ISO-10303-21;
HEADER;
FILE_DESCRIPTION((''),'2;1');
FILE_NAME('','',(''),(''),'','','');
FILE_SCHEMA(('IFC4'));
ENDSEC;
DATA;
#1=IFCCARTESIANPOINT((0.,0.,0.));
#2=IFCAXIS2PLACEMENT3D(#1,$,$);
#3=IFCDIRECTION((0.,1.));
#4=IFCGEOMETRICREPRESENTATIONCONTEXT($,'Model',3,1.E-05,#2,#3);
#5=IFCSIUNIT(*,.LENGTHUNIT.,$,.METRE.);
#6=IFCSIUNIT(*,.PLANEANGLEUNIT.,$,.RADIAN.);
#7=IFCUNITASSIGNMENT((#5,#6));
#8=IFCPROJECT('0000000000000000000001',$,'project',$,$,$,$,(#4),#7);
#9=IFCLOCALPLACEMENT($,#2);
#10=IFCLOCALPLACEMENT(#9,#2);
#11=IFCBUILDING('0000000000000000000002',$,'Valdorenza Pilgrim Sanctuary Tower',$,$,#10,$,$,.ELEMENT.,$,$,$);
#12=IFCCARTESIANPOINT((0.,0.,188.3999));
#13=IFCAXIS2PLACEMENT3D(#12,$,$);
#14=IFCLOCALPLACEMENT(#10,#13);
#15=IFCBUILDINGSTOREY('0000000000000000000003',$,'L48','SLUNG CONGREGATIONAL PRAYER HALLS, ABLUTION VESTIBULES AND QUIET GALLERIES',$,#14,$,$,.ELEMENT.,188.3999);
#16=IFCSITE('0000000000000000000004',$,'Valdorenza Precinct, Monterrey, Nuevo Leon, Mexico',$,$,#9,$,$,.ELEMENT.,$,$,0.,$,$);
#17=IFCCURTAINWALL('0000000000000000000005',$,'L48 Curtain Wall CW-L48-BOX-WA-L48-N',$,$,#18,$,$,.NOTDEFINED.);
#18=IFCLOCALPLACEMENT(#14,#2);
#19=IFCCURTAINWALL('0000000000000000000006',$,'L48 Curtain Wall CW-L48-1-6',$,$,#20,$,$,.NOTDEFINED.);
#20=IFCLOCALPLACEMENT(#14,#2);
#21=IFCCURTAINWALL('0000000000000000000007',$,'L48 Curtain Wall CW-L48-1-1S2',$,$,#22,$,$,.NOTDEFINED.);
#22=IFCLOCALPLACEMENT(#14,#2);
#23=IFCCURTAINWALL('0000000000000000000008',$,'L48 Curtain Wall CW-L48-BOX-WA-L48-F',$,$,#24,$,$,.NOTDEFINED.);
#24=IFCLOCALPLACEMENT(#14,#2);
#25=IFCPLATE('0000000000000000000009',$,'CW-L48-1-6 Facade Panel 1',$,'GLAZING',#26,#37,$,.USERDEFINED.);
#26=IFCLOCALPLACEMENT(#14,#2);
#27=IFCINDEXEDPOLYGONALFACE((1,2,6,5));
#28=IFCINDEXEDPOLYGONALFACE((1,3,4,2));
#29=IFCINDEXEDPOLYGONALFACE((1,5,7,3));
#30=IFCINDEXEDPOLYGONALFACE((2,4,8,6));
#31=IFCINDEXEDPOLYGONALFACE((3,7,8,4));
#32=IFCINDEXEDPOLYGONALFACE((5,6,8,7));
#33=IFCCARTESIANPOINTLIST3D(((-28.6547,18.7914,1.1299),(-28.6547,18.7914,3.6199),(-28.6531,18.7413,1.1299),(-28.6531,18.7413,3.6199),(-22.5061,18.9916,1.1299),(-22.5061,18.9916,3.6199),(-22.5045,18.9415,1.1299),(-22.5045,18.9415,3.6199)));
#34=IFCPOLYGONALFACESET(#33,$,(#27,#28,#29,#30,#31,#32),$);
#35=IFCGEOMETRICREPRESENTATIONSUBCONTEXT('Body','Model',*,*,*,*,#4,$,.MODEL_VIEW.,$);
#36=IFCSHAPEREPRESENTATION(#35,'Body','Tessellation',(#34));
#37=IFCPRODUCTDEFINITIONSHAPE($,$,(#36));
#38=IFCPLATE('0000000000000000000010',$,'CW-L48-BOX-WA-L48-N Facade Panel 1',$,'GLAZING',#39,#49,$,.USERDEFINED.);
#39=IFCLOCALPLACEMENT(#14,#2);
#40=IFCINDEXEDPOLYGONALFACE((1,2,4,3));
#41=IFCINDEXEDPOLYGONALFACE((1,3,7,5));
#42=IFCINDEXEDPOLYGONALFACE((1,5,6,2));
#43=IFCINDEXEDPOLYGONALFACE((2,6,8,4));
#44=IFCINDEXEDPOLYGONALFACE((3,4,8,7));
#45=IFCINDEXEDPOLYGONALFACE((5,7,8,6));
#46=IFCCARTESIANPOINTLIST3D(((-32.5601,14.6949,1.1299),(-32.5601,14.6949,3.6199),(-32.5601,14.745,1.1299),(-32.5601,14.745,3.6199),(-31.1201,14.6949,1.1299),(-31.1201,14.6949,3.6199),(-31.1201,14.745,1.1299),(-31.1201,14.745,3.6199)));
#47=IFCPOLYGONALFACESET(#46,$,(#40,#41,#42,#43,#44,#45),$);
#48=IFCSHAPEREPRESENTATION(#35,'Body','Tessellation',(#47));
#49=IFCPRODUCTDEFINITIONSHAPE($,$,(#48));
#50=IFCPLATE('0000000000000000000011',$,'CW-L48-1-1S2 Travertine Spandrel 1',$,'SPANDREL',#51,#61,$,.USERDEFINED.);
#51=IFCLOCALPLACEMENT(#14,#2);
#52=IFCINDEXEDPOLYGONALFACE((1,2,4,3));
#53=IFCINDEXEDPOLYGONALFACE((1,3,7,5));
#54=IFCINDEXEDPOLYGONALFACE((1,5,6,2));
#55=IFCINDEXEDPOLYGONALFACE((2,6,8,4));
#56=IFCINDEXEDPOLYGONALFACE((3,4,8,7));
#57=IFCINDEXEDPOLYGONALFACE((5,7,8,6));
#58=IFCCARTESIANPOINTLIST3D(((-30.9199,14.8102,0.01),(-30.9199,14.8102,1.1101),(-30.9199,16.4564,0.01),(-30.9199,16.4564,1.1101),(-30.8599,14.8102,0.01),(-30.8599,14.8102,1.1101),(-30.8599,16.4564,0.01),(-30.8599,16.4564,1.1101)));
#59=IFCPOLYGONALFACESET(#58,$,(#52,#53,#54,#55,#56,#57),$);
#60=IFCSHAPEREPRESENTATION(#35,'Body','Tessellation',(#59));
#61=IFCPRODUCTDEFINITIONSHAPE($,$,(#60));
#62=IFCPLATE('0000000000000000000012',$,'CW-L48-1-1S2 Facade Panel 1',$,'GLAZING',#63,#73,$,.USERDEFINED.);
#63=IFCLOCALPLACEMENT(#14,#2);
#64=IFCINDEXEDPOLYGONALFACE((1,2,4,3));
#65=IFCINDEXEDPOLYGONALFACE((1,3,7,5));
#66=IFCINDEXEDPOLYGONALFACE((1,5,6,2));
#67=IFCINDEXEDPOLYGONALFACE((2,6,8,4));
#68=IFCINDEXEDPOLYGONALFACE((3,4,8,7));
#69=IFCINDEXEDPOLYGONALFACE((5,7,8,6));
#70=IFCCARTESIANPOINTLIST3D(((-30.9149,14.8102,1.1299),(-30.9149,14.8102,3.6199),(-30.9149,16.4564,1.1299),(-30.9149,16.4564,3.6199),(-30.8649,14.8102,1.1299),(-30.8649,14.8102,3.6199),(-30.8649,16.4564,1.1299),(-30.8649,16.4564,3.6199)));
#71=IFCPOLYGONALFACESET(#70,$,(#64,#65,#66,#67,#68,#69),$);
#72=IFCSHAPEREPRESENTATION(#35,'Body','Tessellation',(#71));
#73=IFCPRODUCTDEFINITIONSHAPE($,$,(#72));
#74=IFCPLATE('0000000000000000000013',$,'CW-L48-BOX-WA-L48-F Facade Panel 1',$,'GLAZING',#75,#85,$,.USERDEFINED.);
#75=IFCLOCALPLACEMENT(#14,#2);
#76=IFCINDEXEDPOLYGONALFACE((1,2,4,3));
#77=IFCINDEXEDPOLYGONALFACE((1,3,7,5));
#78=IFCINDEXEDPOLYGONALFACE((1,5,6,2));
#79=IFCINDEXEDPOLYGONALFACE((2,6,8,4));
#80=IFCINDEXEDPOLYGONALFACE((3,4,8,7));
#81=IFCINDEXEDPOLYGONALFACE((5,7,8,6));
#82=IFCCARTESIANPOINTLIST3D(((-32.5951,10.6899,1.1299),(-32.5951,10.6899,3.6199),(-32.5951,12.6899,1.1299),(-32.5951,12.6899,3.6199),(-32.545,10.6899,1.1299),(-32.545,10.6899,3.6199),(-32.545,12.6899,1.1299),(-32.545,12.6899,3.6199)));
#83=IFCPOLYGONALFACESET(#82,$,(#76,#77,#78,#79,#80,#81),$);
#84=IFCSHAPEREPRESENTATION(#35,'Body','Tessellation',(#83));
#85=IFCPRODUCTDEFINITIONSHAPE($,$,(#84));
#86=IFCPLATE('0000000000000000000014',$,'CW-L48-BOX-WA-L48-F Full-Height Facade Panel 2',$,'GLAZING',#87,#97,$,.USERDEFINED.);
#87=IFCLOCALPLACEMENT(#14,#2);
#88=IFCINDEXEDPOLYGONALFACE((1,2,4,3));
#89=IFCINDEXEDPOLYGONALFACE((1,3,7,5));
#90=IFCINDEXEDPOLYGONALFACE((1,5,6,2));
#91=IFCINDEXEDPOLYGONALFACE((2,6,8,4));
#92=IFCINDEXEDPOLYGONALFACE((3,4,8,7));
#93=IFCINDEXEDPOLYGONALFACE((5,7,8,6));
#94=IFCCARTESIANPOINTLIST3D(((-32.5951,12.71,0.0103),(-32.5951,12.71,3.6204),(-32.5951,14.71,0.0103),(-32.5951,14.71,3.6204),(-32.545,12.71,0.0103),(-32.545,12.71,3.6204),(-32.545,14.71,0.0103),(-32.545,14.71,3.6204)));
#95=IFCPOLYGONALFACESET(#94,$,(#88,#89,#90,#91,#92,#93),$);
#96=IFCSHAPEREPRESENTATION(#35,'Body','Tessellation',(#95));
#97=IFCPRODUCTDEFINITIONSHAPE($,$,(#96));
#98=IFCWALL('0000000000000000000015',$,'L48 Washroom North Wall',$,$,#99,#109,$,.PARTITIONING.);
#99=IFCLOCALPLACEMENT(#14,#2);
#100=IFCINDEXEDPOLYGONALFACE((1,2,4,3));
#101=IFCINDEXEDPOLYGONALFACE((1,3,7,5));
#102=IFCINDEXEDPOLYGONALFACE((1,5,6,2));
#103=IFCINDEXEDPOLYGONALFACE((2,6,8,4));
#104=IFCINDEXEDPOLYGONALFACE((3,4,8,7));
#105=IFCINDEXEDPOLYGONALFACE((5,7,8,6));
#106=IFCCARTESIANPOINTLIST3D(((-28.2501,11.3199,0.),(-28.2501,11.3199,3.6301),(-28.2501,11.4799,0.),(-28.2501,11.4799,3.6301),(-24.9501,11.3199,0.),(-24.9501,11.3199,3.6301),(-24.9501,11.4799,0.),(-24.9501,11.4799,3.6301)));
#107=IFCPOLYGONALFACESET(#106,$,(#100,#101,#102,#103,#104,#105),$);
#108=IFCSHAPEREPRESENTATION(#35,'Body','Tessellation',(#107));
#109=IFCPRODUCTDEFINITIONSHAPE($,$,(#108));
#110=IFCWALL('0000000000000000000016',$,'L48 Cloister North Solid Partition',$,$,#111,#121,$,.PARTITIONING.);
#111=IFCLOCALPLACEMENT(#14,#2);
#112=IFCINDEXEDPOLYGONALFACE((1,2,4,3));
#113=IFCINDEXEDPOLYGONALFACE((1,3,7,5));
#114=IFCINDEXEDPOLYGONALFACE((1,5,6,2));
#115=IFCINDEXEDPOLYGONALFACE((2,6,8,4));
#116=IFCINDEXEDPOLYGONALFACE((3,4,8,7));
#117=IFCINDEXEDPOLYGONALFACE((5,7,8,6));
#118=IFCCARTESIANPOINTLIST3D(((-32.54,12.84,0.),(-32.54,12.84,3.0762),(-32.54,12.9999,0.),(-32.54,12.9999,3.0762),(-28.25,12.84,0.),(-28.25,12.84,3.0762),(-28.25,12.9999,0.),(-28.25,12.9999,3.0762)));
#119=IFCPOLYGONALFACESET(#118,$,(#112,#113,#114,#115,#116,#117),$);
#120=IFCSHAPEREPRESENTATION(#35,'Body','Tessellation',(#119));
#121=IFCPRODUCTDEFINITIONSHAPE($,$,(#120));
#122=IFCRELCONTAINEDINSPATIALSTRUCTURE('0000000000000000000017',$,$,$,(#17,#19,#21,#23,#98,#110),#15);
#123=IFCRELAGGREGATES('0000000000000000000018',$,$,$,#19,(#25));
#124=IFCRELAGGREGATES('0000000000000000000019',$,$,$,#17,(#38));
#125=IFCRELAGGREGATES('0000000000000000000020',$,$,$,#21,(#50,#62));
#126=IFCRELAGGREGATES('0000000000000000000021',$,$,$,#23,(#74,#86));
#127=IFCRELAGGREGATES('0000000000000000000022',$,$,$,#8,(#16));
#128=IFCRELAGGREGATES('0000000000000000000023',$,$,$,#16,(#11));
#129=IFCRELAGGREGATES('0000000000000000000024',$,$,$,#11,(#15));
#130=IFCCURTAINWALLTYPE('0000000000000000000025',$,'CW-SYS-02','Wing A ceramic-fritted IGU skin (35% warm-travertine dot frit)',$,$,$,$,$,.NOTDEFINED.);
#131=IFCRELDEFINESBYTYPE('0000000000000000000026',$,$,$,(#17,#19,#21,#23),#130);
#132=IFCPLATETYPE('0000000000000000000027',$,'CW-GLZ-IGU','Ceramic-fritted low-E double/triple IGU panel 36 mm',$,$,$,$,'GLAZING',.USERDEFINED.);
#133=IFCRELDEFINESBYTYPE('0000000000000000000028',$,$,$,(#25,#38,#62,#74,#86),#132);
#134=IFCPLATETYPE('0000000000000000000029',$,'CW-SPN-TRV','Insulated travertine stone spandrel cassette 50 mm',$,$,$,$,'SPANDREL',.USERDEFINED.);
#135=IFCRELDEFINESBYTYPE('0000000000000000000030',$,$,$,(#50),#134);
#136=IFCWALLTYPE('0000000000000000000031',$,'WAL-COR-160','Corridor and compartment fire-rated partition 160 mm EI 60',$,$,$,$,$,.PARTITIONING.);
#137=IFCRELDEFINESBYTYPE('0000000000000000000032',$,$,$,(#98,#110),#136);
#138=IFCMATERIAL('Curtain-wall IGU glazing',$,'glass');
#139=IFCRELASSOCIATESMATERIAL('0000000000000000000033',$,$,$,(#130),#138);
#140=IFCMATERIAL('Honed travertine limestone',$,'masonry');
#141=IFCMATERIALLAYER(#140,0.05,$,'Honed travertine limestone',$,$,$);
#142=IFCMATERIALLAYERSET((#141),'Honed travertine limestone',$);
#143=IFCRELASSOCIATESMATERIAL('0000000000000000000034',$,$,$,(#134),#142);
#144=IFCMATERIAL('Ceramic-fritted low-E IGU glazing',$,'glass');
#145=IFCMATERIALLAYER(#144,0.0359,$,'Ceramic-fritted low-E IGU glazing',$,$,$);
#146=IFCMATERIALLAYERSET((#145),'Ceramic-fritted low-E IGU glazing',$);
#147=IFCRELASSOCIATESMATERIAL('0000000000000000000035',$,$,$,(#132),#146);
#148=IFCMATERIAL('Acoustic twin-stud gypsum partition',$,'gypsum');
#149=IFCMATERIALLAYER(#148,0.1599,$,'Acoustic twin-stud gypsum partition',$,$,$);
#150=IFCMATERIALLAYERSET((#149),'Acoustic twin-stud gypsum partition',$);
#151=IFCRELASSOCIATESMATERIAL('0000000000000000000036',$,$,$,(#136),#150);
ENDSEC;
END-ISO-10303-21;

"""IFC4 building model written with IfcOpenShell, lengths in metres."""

from ifc_helpers import new_model, si_unit, direction, frame, frame_2d, origin, origin_2d, place, context, subcontext, project, spatial, rectangle, extrude, source, transform, mapped, material, layer, layer_set, type_object, element, aggregate, save


model = new_model("IFC4")

# Units and contexts
model_context = context("Model", 3, precision=1e-05, world=origin(), true_north=direction((0.0, 1.0)))
body_context = subcontext(model_context, "Body", "Model", "MODEL_VIEW")
ifc_project = project(units=[si_unit("LENGTHUNIT", "METRE"), si_unit("PLANEANGLEUNIT", "RADIAN")], contexts=[model_context])

# Site, building, storey
site_placement = place(None, origin())
site = spatial("IfcSite", under=ifc_project, at=site_placement, Name="Valdorenza Precinct, Monterrey, Nuevo Leon, Mexico", CompositionType="ELEMENT", RefElevation=0.0)
building_placement = place(site_placement, origin())
building = spatial("IfcBuilding", under=site, at=building_placement, Name="Valdorenza Pilgrim Sanctuary Tower", CompositionType="ELEMENT")
storey_placement = place(building_placement, frame((0.0, 0.0, 188.3999)))
storey = spatial("IfcBuildingStorey", under=building, at=storey_placement, Name="L48", Description="SLUNG CONGREGATIONAL PRAYER HALLS, ABLUTION VESTIBULES AND QUIET GALLERIES", CompositionType="ELEMENT", Elevation=188.3999)

# Curtain walls
ifc_material_1 = material(Name="Curtain-wall IGU glazing", Category="glass")
curtain_wall_type = type_object("IfcCurtainWallType", Name="CW-SYS-02", Description="Wing A ceramic-fritted IGU skin (35% warm-travertine dot frit)", PredefinedType="NOTDEFINED", material=ifc_material_1)
curtain_wall_1_placement = place(storey_placement, origin())
curtain_wall_1 = element("IfcCurtainWall", 1, at=curtain_wall_1_placement, inside=storey, type_object=curtain_wall_type, Name="L48 Curtain Wall CW-L48-BOX-WA-L48-N", PredefinedType="NOTDEFINED")
curtain_wall_2_placement = place(storey_placement, origin())
curtain_wall_2 = element("IfcCurtainWall", 2, at=curtain_wall_2_placement, inside=storey, type_object=curtain_wall_type, Name="L48 Curtain Wall CW-L48-1-6", PredefinedType="NOTDEFINED")

# Curtain wall
curtain_wall_3_placement = place(storey_placement, origin())
curtain_wall_3 = element("IfcCurtainWall", 3, at=curtain_wall_3_placement, inside=storey, type_object=curtain_wall_type, Name="L48 Curtain Wall CW-L48-1-1S2", PredefinedType="NOTDEFINED")

# Curtain wall
curtain_wall_4_placement = place(storey_placement, origin())
curtain_wall_4 = element("IfcCurtainWall", 4, at=curtain_wall_4_placement, inside=storey, type_object=curtain_wall_type, Name="L48 Curtain Wall CW-L48-BOX-WA-L48-F", PredefinedType="NOTDEFINED")

# Plates
ifc_material_2 = material(Name="Honed travertine limestone", Category="masonry")
ifc_layer_1 = layer(ifc_material_2, 0.05, Name="Honed travertine limestone")
ifc_layer_set_1 = layer_set([ifc_layer_1], Name="Honed travertine limestone")
plate_type_1 = type_object("IfcPlateType", Name="CW-SPN-TRV", Description="Insulated travertine stone spandrel cassette 50 mm", ElementType="SPANDREL", PredefinedType="USERDEFINED", material=ifc_layer_set_1)
ifc_material_3 = material(Name="Ceramic-fritted low-E IGU glazing", Category="glass")
ifc_layer_2 = layer(ifc_material_3, 0.0359, Name="Ceramic-fritted low-E IGU glazing")
ifc_layer_set_2 = layer_set([ifc_layer_2], Name="Ceramic-fritted low-E IGU glazing")
plate_type_2 = type_object("IfcPlateType", Name="CW-GLZ-IGU", Description="Ceramic-fritted low-E double/triple IGU panel 36 mm", ElementType="GLAZING", PredefinedType="USERDEFINED", material=ifc_layer_set_2)
shared_shape_1 = source(origin(), body_context, "Body", "SweptSolid", [
    extrude(rectangle(XDim=6.1519, YDim=0.05, at=origin_2d()), origin(), (0.0, 0.0, 1.0), 2.49),
])
plate_1_placement = place(storey_placement, frame((-25.5796, 18.8665, 1.1299), z_axis=(0.0, 0.0, 1.0), x_axis=(0.99947, 0.032545, 0.0)))
plate_1 = element("IfcPlate", 5, at=plate_1_placement, type_object=plate_type_2, Name="CW-L48-1-6 Facade Panel 1", ObjectType="GLAZING", PredefinedType="USERDEFINED", context=body_context, shape_type="MappedRepresentation", body=[
    mapped(shared_shape_1, transform((0.0, 0.0, 0.0), x_axis=(1.0, 0.0, 0.0), y_axis=(0.0, 1.0, 0.0), z_axis=(0.0, 0.0, 1.0), scale=1.0)),
])
aggregate(curtain_wall_2, [plate_1])
shared_shape_2 = source(origin(), body_context, "Body", "SweptSolid", [
    extrude(rectangle(XDim=1.4399, YDim=0.05, at=origin_2d()), origin(), (0.0, 0.0, 1.0), 2.49),
])
plate_2_placement = place(storey_placement, frame((-31.8401, 14.72, 1.1299), z_axis=(0.0, 0.0, 1.0), x_axis=(1.0, 0.0, 0.0)))
plate_2 = element("IfcPlate", 6, at=plate_2_placement, type_object=plate_type_2, Name="CW-L48-BOX-WA-L48-N Facade Panel 1", ObjectType="GLAZING", PredefinedType="USERDEFINED", context=body_context, shape_type="MappedRepresentation", body=[
    mapped(shared_shape_2, transform((0.0, 0.0, 0.0), x_axis=(1.0, 0.0, 0.0), y_axis=(0.0, 1.0, 0.0), z_axis=(0.0, 0.0, 1.0), scale=1.0)),
])
aggregate(curtain_wall_1, [plate_2])
shared_shape_3 = source(origin(), body_context, "Body", "SweptSolid", [
    extrude(rectangle(XDim=1.6462, YDim=0.0601, at=origin_2d()), origin(), (0.0, 0.0, 1.0), 1.1001),
])
plate_3_placement = place(storey_placement, frame((-30.8899, 15.6333, 0.01), z_axis=(0.0, 0.0, 1.0), x_axis=(0.0, 1.0, 0.0)))
plate_3 = element("IfcPlate", 7, at=plate_3_placement, type_object=plate_type_1, Name="CW-L48-1-1S2 Travertine Spandrel 1", ObjectType="SPANDREL", PredefinedType="USERDEFINED", context=body_context, shape_type="MappedRepresentation", body=[
    mapped(shared_shape_3, transform((0.0, 0.0, 0.0), x_axis=(1.0, 0.0, 0.0), y_axis=(0.0, 1.0, 0.0), z_axis=(0.0, 0.0, 1.0), scale=1.0)),
])
shared_shape_4 = source(origin(), body_context, "Body", "SweptSolid", [
    extrude(rectangle(XDim=1.6462, YDim=0.05, at=origin_2d()), origin(), (0.0, 0.0, 1.0), 2.49),
])
plate_4_placement = place(storey_placement, frame((-30.8899, 15.6333, 1.1299), z_axis=(0.0, 0.0, 1.0), x_axis=(0.0, 1.0, 0.0)))
plate_4 = element("IfcPlate", 8, at=plate_4_placement, type_object=plate_type_2, Name="CW-L48-1-1S2 Facade Panel 1", ObjectType="GLAZING", PredefinedType="USERDEFINED", context=body_context, shape_type="MappedRepresentation", body=[
    mapped(shared_shape_4, transform((0.0, 0.0, 0.0), x_axis=(1.0, 0.0, 0.0), y_axis=(0.0, 1.0, 0.0), z_axis=(0.0, 0.0, 1.0), scale=1.0)),
])
aggregate(curtain_wall_3, [plate_3, plate_4])
shared_shape_5 = source(origin(), body_context, "Body", "SweptSolid", [
    extrude(rectangle(XDim=2.0, YDim=0.05, at=origin_2d()), origin(), (0.0, 0.0, 1.0), 2.49),
])
plate_5_placement = place(storey_placement, frame((-32.5701, 11.6899, 1.1299), z_axis=(0.0, 0.0, 1.0), x_axis=(0.0, 1.0, 0.0)))
plate_5 = element("IfcPlate", 9, at=plate_5_placement, type_object=plate_type_2, Name="CW-L48-BOX-WA-L48-F Facade Panel 1", ObjectType="GLAZING", PredefinedType="USERDEFINED", context=body_context, shape_type="MappedRepresentation", body=[
    mapped(shared_shape_5, transform((0.0, 0.0, 0.0), x_axis=(1.0, 0.0, 0.0), y_axis=(0.0, 1.0, 0.0), z_axis=(0.0, 0.0, 1.0), scale=1.0)),
])
shared_shape_6 = source(origin(), body_context, "Body", "SweptSolid", [
    extrude(rectangle(XDim=2.0, YDim=0.05, at=origin_2d()), origin(), (0.0, 0.0, 1.0), 3.6101),
])
plate_6_placement = place(storey_placement, frame((-32.5701, 13.71, 0.0103), z_axis=(0.0, 0.0, 1.0), x_axis=(0.0, 1.0, 0.0)))
plate_6 = element("IfcPlate", 10, at=plate_6_placement, type_object=plate_type_2, Name="CW-L48-BOX-WA-L48-F Full-Height Facade Panel 2", ObjectType="GLAZING", PredefinedType="USERDEFINED", context=body_context, shape_type="MappedRepresentation", body=[
    mapped(shared_shape_6, transform((0.0, 0.0, 0.0), x_axis=(1.0, 0.0, 0.0), y_axis=(0.0, 1.0, 0.0), z_axis=(0.0, 0.0, 1.0), scale=1.0)),
])
aggregate(curtain_wall_4, [plate_5, plate_6])

# Walls
ifc_material_4 = material(Name="Acoustic twin-stud gypsum partition", Category="gypsum")
ifc_layer_3 = layer(ifc_material_4, 0.1599, Name="Acoustic twin-stud gypsum partition")
ifc_layer_set_3 = layer_set([ifc_layer_3], Name="Acoustic twin-stud gypsum partition")
wall_type_1 = type_object("IfcWallType", Name="WAL-COR-160", Description="Corridor and compartment fire-rated partition 160 mm EI 60", PredefinedType="PARTITIONING", material=ifc_layer_set_3)
wall_1_placement = place(storey_placement, frame((-28.25, 11.3999, 0.0), z_axis=(0.0, 0.0, 1.0), x_axis=(1.0, 0.0, 0.0)))
element("IfcWall", 11, at=wall_1_placement, inside=storey, type_object=wall_type_1, Name="L48 Washroom North Wall", PredefinedType="PARTITIONING", context=body_context, shape_type="SweptSolid", body=[
    extrude(rectangle(XDim=3.3, YDim=0.1599, at=frame_2d((1.6499, 0.0))), origin(), (0.0, 0.0, 1.0), 3.6301),
])
wall_2_placement = place(storey_placement, frame((-32.54, 12.9199, 0.0), z_axis=(0.0, 0.0, 1.0), x_axis=(1.0, 0.0, 0.0)))
element("IfcWall", 12, at=wall_2_placement, inside=storey, type_object=wall_type_1, Name="L48 Cloister North Solid Partition", PredefinedType="PARTITIONING", context=body_context, shape_type="SweptSolid", body=[
    extrude(rectangle(XDim=4.29, YDim=0.1599, at=frame_2d((2.145, 0.0))), origin(), (0.0, 0.0, 1.0), 3.0762),
])

save(model, "model.ifc")
